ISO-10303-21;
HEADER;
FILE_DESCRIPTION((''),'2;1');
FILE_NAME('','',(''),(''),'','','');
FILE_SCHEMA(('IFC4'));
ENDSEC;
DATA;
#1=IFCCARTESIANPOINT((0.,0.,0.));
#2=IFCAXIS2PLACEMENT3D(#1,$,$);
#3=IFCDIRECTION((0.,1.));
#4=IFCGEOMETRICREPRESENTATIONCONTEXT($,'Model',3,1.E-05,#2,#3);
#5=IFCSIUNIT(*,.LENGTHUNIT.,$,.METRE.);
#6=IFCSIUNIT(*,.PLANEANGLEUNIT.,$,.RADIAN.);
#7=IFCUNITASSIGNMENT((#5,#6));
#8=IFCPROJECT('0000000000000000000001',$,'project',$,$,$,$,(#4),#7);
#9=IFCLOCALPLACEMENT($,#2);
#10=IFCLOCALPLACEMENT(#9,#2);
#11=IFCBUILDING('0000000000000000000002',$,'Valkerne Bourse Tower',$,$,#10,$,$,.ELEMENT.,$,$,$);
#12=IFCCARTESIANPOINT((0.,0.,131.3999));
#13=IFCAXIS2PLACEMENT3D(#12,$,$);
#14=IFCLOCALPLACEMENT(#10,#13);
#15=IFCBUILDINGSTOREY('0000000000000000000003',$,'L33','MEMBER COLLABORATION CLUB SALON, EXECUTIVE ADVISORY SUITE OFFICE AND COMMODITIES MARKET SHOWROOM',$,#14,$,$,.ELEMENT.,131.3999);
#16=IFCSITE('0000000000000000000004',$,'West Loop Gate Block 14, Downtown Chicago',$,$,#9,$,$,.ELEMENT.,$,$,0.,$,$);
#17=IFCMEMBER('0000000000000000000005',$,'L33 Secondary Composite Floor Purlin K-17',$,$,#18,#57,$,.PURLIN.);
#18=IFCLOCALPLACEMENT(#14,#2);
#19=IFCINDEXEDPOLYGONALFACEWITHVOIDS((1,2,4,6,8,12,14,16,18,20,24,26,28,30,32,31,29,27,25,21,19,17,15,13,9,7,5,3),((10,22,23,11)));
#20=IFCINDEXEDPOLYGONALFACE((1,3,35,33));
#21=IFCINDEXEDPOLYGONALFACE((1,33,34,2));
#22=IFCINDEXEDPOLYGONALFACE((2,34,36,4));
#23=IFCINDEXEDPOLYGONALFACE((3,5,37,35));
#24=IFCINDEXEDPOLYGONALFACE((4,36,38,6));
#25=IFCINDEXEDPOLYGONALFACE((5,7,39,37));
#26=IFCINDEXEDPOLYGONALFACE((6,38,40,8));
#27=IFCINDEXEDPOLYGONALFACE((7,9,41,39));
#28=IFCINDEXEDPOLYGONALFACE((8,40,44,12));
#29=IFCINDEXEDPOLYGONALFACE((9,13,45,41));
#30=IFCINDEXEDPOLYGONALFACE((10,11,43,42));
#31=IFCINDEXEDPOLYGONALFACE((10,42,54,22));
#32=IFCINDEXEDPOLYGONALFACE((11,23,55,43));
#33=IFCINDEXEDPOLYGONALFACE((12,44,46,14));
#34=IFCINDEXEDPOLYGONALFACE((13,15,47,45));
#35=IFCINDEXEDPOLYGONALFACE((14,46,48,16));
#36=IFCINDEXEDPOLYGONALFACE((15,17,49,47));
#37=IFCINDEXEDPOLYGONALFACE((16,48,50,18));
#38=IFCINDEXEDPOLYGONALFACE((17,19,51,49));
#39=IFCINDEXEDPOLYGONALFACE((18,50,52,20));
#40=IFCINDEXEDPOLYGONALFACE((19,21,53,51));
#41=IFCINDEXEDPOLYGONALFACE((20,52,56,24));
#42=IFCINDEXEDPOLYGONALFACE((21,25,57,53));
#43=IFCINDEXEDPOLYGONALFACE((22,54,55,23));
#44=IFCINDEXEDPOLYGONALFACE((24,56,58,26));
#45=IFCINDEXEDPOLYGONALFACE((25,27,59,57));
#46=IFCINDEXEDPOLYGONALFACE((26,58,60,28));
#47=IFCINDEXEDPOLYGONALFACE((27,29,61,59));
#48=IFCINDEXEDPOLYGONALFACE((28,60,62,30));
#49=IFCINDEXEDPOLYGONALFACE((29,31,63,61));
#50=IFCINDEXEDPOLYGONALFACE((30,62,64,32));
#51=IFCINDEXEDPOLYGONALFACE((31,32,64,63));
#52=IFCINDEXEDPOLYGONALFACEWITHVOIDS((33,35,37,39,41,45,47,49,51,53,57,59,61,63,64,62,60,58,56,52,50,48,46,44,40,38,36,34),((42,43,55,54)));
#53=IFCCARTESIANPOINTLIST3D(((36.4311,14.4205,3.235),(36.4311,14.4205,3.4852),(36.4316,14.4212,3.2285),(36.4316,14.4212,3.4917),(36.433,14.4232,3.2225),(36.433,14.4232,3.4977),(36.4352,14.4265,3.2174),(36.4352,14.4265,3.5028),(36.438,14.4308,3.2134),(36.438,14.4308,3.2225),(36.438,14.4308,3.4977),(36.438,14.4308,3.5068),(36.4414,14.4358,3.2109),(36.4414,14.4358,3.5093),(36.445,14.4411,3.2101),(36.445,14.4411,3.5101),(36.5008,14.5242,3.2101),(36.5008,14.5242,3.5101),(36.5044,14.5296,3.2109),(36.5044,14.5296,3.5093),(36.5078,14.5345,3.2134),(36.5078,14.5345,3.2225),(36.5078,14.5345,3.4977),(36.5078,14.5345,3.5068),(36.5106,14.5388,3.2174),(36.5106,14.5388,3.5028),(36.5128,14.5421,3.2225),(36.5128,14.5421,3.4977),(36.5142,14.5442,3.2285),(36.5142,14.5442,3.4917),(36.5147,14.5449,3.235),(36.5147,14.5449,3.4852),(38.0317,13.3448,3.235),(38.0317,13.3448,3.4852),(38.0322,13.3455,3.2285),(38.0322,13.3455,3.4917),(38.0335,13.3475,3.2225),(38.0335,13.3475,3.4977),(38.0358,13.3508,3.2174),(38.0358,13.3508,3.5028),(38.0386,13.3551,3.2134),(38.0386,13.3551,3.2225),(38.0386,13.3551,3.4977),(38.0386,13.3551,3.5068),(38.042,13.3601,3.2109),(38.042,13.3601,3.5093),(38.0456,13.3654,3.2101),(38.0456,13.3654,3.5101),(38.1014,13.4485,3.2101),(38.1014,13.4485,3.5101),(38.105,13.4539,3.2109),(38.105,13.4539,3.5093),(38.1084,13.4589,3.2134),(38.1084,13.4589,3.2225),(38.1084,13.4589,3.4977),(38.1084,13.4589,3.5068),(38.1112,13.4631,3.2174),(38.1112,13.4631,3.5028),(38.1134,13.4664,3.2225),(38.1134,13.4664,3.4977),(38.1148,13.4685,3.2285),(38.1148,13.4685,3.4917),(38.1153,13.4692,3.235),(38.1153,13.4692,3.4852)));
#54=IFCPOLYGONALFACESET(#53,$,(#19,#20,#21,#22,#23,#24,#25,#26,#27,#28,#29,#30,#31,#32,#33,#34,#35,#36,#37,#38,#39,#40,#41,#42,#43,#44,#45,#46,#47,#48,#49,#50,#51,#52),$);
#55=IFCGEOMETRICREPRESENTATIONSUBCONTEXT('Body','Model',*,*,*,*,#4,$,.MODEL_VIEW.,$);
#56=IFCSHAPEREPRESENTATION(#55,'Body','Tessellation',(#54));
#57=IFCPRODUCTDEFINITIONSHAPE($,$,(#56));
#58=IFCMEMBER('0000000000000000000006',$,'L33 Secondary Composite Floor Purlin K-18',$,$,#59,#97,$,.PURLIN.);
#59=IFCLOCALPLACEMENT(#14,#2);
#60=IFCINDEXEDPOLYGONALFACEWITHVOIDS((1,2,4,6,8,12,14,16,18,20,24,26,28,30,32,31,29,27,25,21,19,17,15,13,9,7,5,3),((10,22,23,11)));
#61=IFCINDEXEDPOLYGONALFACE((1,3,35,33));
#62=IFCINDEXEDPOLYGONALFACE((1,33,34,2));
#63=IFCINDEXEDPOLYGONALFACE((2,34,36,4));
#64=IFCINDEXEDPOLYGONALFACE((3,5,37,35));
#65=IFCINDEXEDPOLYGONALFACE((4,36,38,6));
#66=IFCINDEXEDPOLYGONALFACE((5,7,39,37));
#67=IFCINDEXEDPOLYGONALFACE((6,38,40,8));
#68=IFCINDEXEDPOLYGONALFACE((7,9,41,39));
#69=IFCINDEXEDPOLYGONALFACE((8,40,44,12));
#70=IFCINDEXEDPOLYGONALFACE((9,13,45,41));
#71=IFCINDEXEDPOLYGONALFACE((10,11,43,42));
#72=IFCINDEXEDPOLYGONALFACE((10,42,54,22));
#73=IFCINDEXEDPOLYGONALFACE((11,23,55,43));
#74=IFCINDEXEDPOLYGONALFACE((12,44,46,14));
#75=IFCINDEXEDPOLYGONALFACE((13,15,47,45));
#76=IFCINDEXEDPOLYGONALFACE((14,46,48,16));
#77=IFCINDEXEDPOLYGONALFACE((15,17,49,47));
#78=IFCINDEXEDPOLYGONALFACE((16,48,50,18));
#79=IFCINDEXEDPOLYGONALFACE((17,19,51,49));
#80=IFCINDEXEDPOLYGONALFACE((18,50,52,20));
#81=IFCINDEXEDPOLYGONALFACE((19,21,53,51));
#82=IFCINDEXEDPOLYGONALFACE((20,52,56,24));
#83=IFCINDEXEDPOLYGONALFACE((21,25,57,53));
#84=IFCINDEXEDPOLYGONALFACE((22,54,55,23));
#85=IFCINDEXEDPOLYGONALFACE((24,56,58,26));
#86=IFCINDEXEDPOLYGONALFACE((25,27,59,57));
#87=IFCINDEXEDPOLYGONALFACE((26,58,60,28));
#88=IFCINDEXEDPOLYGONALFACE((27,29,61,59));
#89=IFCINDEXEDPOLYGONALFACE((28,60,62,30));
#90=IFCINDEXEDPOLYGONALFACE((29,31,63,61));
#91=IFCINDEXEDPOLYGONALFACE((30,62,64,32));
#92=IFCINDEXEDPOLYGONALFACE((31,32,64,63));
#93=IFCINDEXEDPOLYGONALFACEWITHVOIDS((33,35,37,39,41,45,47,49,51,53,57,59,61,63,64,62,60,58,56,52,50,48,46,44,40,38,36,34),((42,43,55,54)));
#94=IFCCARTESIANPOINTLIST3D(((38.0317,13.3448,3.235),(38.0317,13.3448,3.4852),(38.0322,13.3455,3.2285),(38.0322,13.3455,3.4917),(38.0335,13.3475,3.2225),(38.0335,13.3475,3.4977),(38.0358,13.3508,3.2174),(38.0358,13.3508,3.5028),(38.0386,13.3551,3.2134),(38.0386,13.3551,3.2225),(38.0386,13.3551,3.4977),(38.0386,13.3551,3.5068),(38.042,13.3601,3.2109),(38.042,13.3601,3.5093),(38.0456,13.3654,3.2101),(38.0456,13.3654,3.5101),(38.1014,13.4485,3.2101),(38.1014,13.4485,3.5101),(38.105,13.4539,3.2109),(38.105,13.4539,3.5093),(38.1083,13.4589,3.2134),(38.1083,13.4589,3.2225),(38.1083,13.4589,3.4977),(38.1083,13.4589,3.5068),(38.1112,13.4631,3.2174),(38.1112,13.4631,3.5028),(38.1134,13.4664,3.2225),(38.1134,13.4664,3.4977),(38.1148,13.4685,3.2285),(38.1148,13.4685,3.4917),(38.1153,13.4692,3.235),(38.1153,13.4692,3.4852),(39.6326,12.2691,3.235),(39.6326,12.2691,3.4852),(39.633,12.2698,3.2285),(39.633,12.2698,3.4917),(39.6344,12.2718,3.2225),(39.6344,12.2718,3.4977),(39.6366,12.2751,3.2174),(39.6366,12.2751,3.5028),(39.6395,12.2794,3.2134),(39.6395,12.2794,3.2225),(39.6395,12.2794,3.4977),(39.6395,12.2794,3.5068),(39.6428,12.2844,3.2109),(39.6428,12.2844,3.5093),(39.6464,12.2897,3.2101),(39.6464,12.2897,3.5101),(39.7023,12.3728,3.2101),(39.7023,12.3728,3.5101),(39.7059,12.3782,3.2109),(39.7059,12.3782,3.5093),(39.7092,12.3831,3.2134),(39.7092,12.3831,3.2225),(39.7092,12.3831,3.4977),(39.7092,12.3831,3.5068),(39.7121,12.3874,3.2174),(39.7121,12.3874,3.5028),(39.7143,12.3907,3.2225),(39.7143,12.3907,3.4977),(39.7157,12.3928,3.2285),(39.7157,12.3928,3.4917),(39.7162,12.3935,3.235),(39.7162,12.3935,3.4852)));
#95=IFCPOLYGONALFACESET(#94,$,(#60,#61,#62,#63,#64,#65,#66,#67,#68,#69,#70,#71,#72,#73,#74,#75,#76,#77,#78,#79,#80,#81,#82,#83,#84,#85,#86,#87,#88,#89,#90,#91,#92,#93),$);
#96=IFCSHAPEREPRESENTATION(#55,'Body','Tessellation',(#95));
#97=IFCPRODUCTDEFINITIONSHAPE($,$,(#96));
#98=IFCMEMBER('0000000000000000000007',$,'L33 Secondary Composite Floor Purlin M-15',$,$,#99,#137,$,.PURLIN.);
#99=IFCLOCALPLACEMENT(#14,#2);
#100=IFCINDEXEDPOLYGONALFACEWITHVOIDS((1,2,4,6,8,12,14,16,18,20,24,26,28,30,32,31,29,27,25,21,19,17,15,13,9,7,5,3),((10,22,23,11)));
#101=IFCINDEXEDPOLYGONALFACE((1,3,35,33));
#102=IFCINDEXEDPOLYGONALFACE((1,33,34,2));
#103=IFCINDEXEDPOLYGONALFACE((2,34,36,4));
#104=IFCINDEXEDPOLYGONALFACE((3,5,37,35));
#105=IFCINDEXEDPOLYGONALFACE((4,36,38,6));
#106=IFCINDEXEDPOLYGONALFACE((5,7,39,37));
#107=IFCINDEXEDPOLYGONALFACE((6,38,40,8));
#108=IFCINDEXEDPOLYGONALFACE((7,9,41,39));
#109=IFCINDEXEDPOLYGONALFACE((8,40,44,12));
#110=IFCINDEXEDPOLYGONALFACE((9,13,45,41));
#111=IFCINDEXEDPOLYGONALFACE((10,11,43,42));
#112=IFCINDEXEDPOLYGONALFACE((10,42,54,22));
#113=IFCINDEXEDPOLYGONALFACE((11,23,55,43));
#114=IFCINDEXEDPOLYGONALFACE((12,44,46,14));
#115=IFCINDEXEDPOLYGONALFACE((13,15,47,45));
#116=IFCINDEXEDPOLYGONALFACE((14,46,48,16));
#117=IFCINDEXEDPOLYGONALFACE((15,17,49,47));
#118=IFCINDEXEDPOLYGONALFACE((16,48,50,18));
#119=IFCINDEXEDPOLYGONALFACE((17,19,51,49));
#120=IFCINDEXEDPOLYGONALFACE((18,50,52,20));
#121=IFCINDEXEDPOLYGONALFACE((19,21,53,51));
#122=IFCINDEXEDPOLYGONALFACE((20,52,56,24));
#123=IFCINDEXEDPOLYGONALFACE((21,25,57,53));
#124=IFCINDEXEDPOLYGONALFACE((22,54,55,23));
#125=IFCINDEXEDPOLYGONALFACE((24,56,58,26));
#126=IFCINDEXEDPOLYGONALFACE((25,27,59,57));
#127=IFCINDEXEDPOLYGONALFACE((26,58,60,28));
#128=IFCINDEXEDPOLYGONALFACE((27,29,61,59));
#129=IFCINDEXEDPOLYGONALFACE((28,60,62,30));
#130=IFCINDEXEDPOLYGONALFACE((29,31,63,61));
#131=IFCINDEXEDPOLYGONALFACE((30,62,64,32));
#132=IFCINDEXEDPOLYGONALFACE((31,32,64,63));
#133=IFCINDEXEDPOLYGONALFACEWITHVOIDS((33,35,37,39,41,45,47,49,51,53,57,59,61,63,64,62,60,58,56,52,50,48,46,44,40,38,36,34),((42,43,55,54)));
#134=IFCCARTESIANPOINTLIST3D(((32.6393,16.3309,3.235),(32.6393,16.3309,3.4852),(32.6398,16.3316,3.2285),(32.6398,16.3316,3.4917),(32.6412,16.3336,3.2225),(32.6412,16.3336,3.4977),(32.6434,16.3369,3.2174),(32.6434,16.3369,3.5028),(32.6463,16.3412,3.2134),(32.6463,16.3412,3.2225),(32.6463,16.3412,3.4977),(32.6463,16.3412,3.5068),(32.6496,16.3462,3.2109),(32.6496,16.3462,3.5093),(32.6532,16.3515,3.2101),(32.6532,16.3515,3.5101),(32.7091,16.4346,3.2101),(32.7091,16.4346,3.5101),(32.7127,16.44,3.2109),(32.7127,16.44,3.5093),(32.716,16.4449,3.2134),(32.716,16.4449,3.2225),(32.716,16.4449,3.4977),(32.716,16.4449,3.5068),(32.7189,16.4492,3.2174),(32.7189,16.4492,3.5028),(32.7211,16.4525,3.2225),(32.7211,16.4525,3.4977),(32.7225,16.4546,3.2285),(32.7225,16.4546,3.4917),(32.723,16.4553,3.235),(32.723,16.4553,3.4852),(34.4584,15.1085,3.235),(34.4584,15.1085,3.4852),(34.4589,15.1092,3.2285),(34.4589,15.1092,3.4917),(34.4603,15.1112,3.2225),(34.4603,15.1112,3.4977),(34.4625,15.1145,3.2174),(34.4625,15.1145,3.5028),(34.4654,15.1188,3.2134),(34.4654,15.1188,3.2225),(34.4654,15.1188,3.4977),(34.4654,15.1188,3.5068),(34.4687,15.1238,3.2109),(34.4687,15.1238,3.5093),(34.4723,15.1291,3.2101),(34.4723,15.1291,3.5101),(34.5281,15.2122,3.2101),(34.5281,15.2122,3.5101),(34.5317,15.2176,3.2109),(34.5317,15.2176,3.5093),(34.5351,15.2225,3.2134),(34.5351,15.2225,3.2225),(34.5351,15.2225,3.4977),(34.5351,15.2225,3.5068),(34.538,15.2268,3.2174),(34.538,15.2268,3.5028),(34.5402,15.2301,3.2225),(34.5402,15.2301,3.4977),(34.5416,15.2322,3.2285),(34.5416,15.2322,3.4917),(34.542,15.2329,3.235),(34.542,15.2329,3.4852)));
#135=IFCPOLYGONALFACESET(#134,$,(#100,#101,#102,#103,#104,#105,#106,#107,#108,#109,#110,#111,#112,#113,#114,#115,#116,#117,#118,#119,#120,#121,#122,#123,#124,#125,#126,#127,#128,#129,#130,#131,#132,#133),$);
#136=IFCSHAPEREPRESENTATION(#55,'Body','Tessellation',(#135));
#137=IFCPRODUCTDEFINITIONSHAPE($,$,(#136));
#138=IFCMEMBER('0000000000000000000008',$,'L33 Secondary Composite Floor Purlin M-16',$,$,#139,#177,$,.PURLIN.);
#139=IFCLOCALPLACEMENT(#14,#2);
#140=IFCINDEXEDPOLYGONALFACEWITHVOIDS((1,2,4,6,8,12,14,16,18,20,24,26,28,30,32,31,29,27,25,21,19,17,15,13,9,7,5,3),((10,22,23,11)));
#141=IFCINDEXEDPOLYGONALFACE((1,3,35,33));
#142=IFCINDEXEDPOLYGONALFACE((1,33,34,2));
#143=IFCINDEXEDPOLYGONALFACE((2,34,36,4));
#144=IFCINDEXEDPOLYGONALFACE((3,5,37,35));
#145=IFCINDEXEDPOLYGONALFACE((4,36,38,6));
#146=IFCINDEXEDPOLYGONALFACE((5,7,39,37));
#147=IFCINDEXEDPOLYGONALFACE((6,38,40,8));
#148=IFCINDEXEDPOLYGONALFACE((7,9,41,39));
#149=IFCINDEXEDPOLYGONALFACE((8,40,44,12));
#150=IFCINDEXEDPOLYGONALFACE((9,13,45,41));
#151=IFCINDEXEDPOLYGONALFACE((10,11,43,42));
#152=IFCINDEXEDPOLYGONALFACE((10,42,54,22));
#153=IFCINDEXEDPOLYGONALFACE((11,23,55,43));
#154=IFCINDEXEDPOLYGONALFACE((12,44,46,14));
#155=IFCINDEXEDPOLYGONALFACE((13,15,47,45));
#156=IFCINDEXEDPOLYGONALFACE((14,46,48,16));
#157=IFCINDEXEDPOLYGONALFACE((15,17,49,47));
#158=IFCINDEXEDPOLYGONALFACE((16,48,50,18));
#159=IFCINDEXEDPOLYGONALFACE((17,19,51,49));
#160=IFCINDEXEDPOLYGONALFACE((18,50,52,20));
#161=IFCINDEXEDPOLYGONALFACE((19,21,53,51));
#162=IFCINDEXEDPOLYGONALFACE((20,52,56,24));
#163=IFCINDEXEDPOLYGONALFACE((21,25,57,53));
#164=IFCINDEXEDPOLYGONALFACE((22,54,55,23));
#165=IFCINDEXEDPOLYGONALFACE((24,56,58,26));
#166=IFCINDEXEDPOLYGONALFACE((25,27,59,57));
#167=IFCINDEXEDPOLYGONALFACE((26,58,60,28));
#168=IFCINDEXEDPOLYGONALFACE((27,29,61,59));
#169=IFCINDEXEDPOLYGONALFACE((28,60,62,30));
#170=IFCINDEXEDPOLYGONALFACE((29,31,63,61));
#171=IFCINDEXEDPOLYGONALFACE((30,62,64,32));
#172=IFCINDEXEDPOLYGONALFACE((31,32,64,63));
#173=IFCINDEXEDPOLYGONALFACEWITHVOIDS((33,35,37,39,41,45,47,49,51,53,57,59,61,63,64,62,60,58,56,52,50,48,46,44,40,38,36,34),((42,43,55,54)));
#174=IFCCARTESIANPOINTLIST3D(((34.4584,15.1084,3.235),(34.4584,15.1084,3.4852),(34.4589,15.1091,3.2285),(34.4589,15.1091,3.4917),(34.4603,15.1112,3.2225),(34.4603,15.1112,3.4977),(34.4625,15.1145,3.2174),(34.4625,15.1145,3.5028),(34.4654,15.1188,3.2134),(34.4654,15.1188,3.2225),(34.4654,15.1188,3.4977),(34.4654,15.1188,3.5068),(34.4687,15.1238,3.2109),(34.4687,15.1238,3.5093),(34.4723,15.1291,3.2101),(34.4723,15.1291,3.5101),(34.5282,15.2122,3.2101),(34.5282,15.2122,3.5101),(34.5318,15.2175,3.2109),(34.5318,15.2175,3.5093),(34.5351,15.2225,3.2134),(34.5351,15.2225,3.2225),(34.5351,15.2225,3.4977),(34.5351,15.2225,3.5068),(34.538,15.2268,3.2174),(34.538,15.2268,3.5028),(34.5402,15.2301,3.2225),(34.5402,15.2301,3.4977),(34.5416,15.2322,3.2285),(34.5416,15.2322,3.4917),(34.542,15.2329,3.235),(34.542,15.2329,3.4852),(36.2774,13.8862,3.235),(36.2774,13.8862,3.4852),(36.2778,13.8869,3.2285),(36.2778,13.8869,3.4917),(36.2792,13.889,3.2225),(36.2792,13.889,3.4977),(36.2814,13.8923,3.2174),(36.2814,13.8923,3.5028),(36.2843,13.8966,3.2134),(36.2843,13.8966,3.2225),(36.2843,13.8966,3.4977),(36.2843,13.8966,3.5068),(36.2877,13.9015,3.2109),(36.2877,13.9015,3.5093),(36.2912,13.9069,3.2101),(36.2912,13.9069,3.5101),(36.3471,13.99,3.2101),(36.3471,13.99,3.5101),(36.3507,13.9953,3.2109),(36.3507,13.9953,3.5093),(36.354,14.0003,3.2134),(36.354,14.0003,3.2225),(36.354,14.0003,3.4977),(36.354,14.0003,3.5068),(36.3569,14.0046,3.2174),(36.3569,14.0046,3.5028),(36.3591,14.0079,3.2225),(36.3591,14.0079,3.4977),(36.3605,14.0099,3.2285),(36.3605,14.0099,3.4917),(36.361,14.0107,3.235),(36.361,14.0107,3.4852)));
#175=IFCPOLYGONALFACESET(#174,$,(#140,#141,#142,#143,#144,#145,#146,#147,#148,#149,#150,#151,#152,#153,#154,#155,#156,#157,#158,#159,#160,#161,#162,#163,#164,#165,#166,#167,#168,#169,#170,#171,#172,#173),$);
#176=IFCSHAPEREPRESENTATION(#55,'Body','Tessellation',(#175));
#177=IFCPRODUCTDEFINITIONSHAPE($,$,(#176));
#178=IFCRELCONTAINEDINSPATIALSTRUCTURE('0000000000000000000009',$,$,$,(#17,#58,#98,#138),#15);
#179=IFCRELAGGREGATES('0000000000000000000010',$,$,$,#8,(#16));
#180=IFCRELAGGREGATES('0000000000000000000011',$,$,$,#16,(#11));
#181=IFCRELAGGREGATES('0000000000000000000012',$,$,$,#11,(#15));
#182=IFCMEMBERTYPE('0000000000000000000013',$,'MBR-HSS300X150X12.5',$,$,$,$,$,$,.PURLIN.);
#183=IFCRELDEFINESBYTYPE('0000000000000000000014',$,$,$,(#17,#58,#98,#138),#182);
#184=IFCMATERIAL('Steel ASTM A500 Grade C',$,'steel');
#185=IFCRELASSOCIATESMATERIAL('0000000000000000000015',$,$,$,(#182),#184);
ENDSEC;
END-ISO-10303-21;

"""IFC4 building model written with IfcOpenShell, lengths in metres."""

from ifc_helpers import new_model, si_unit, direction, frame, origin, origin_2d, place, context, subcontext, project, spatial, hollow_rectangle, extrude, material, material_profile, profile_set, type_object, element, save


model = new_model("IFC4")

# Units and contexts
model_context = context("Model", 3, precision=1e-05, world=origin(), true_north=direction((0.0, 1.0)))
body_context = subcontext(model_context, "Body", "Model", "MODEL_VIEW")
ifc_project = project(units=[si_unit("LENGTHUNIT", "METRE"), si_unit("PLANEANGLEUNIT", "RADIAN")], contexts=[model_context])

# Site, building, storey
site_placement = place(None, origin())
site = spatial("IfcSite", under=ifc_project, at=site_placement, Name="West Loop Gate Block 14, Downtown Chicago", CompositionType="ELEMENT", RefElevation=0.0)
building_placement = place(site_placement, origin())
building = spatial("IfcBuilding", under=site, at=building_placement, Name="Valkerne Bourse Tower", CompositionType="ELEMENT")
storey_placement = place(building_placement, frame((0.0, 0.0, 131.3999)))
storey = spatial("IfcBuildingStorey", under=building, at=storey_placement, Name="L33", Description="MEMBER COLLABORATION CLUB SALON, EXECUTIVE ADVISORY SUITE OFFICE AND COMMODITIES MARKET SHOWROOM", CompositionType="ELEMENT", Elevation=131.3999)

# Members
ifc_material_1 = material(Name="Steel ASTM A500 Grade C", Category="steel")
ifc_material_profile_1 = material_profile(ifc_material_1, hollow_rectangle(XDim=0.1499, YDim=0.3, WallThickness=0.0125, OuterFilletRadius=0.0249, at=origin_2d()), Name="HSS300X150X12.5")
ifc_profile_set_1 = profile_set([ifc_material_profile_1], Name="Steel ASTM A500 Grade C")
member_type_1 = type_object("IfcMemberType", Name="MBR-HSS300X150X12.5", PredefinedType="PURLIN", material=ifc_profile_set_1)
for number, where, z_axis, x_axis, name in (
    (1, (36.4729, 14.4827, 3.3601), (0.82998, -0.557793, 0.0), (0.557793, 0.82998, 0.0), "L33 Secondary Composite Floor Purlin K-17"),
):
    element("IfcMember", number, at=place(storey_placement, frame(where, z_axis=z_axis, x_axis=x_axis)), inside=storey, type_object=member_type_1, Name=name, PredefinedType="PURLIN", context=body_context, shape_type="SweptSolid", body=[
        extrude(hollow_rectangle(XDim=0.1499, YDim=0.3, WallThickness=0.0125, OuterFilletRadius=0.0249, at=origin_2d()), origin(), (0.0, 0.0, 1.0), 1.9285),
    ])
member_1_placement = place(storey_placement, frame((38.0735, 13.407, 3.3601), z_axis=(0.830019, -0.557735, 0.0), x_axis=(0.557735, 0.830019, 0.0)))
element("IfcMember", 2, at=member_1_placement, inside=storey, type_object=member_type_1, Name="L33 Secondary Composite Floor Purlin K-18", PredefinedType="PURLIN", context=body_context, shape_type="SweptSolid", body=[
    extrude(hollow_rectangle(XDim=0.1499, YDim=0.3, WallThickness=0.0125, OuterFilletRadius=0.0249, at=origin_2d()), origin(), (0.0, 0.0, 1.0), 1.9287),
])
member_2_placement = place(storey_placement, frame((32.6812, 16.3931, 3.3601), z_axis=(0.830005, -0.557756, 0.0), x_axis=(0.557756, 0.830005, 0.0)))
element("IfcMember", 3, at=member_2_placement, inside=storey, type_object=member_type_1, Name="L33 Secondary Composite Floor Purlin M-15", PredefinedType="PURLIN", context=body_context, shape_type="SweptSolid", body=[
    extrude(hollow_rectangle(XDim=0.1499, YDim=0.3, WallThickness=0.0125, OuterFilletRadius=0.0249, at=origin_2d()), origin(), (0.0, 0.0, 1.0), 2.1917),
])
member_3_placement = place(storey_placement, frame((34.5002, 15.1707, 3.3601), z_axis=(0.830022, -0.55773, 0.0), x_axis=(0.55773, 0.830022, 0.0)))
element("IfcMember", 4, at=member_3_placement, inside=storey, type_object=member_type_1, Name="L33 Secondary Composite Floor Purlin M-16", PredefinedType="PURLIN", context=body_context, shape_type="SweptSolid", body=[
    extrude(hollow_rectangle(XDim=0.1499, YDim=0.3, WallThickness=0.0125, OuterFilletRadius=0.0249, at=origin_2d()), origin(), (0.0, 0.0, 1.0), 2.1914),
])

save(model, "model.ifc")
